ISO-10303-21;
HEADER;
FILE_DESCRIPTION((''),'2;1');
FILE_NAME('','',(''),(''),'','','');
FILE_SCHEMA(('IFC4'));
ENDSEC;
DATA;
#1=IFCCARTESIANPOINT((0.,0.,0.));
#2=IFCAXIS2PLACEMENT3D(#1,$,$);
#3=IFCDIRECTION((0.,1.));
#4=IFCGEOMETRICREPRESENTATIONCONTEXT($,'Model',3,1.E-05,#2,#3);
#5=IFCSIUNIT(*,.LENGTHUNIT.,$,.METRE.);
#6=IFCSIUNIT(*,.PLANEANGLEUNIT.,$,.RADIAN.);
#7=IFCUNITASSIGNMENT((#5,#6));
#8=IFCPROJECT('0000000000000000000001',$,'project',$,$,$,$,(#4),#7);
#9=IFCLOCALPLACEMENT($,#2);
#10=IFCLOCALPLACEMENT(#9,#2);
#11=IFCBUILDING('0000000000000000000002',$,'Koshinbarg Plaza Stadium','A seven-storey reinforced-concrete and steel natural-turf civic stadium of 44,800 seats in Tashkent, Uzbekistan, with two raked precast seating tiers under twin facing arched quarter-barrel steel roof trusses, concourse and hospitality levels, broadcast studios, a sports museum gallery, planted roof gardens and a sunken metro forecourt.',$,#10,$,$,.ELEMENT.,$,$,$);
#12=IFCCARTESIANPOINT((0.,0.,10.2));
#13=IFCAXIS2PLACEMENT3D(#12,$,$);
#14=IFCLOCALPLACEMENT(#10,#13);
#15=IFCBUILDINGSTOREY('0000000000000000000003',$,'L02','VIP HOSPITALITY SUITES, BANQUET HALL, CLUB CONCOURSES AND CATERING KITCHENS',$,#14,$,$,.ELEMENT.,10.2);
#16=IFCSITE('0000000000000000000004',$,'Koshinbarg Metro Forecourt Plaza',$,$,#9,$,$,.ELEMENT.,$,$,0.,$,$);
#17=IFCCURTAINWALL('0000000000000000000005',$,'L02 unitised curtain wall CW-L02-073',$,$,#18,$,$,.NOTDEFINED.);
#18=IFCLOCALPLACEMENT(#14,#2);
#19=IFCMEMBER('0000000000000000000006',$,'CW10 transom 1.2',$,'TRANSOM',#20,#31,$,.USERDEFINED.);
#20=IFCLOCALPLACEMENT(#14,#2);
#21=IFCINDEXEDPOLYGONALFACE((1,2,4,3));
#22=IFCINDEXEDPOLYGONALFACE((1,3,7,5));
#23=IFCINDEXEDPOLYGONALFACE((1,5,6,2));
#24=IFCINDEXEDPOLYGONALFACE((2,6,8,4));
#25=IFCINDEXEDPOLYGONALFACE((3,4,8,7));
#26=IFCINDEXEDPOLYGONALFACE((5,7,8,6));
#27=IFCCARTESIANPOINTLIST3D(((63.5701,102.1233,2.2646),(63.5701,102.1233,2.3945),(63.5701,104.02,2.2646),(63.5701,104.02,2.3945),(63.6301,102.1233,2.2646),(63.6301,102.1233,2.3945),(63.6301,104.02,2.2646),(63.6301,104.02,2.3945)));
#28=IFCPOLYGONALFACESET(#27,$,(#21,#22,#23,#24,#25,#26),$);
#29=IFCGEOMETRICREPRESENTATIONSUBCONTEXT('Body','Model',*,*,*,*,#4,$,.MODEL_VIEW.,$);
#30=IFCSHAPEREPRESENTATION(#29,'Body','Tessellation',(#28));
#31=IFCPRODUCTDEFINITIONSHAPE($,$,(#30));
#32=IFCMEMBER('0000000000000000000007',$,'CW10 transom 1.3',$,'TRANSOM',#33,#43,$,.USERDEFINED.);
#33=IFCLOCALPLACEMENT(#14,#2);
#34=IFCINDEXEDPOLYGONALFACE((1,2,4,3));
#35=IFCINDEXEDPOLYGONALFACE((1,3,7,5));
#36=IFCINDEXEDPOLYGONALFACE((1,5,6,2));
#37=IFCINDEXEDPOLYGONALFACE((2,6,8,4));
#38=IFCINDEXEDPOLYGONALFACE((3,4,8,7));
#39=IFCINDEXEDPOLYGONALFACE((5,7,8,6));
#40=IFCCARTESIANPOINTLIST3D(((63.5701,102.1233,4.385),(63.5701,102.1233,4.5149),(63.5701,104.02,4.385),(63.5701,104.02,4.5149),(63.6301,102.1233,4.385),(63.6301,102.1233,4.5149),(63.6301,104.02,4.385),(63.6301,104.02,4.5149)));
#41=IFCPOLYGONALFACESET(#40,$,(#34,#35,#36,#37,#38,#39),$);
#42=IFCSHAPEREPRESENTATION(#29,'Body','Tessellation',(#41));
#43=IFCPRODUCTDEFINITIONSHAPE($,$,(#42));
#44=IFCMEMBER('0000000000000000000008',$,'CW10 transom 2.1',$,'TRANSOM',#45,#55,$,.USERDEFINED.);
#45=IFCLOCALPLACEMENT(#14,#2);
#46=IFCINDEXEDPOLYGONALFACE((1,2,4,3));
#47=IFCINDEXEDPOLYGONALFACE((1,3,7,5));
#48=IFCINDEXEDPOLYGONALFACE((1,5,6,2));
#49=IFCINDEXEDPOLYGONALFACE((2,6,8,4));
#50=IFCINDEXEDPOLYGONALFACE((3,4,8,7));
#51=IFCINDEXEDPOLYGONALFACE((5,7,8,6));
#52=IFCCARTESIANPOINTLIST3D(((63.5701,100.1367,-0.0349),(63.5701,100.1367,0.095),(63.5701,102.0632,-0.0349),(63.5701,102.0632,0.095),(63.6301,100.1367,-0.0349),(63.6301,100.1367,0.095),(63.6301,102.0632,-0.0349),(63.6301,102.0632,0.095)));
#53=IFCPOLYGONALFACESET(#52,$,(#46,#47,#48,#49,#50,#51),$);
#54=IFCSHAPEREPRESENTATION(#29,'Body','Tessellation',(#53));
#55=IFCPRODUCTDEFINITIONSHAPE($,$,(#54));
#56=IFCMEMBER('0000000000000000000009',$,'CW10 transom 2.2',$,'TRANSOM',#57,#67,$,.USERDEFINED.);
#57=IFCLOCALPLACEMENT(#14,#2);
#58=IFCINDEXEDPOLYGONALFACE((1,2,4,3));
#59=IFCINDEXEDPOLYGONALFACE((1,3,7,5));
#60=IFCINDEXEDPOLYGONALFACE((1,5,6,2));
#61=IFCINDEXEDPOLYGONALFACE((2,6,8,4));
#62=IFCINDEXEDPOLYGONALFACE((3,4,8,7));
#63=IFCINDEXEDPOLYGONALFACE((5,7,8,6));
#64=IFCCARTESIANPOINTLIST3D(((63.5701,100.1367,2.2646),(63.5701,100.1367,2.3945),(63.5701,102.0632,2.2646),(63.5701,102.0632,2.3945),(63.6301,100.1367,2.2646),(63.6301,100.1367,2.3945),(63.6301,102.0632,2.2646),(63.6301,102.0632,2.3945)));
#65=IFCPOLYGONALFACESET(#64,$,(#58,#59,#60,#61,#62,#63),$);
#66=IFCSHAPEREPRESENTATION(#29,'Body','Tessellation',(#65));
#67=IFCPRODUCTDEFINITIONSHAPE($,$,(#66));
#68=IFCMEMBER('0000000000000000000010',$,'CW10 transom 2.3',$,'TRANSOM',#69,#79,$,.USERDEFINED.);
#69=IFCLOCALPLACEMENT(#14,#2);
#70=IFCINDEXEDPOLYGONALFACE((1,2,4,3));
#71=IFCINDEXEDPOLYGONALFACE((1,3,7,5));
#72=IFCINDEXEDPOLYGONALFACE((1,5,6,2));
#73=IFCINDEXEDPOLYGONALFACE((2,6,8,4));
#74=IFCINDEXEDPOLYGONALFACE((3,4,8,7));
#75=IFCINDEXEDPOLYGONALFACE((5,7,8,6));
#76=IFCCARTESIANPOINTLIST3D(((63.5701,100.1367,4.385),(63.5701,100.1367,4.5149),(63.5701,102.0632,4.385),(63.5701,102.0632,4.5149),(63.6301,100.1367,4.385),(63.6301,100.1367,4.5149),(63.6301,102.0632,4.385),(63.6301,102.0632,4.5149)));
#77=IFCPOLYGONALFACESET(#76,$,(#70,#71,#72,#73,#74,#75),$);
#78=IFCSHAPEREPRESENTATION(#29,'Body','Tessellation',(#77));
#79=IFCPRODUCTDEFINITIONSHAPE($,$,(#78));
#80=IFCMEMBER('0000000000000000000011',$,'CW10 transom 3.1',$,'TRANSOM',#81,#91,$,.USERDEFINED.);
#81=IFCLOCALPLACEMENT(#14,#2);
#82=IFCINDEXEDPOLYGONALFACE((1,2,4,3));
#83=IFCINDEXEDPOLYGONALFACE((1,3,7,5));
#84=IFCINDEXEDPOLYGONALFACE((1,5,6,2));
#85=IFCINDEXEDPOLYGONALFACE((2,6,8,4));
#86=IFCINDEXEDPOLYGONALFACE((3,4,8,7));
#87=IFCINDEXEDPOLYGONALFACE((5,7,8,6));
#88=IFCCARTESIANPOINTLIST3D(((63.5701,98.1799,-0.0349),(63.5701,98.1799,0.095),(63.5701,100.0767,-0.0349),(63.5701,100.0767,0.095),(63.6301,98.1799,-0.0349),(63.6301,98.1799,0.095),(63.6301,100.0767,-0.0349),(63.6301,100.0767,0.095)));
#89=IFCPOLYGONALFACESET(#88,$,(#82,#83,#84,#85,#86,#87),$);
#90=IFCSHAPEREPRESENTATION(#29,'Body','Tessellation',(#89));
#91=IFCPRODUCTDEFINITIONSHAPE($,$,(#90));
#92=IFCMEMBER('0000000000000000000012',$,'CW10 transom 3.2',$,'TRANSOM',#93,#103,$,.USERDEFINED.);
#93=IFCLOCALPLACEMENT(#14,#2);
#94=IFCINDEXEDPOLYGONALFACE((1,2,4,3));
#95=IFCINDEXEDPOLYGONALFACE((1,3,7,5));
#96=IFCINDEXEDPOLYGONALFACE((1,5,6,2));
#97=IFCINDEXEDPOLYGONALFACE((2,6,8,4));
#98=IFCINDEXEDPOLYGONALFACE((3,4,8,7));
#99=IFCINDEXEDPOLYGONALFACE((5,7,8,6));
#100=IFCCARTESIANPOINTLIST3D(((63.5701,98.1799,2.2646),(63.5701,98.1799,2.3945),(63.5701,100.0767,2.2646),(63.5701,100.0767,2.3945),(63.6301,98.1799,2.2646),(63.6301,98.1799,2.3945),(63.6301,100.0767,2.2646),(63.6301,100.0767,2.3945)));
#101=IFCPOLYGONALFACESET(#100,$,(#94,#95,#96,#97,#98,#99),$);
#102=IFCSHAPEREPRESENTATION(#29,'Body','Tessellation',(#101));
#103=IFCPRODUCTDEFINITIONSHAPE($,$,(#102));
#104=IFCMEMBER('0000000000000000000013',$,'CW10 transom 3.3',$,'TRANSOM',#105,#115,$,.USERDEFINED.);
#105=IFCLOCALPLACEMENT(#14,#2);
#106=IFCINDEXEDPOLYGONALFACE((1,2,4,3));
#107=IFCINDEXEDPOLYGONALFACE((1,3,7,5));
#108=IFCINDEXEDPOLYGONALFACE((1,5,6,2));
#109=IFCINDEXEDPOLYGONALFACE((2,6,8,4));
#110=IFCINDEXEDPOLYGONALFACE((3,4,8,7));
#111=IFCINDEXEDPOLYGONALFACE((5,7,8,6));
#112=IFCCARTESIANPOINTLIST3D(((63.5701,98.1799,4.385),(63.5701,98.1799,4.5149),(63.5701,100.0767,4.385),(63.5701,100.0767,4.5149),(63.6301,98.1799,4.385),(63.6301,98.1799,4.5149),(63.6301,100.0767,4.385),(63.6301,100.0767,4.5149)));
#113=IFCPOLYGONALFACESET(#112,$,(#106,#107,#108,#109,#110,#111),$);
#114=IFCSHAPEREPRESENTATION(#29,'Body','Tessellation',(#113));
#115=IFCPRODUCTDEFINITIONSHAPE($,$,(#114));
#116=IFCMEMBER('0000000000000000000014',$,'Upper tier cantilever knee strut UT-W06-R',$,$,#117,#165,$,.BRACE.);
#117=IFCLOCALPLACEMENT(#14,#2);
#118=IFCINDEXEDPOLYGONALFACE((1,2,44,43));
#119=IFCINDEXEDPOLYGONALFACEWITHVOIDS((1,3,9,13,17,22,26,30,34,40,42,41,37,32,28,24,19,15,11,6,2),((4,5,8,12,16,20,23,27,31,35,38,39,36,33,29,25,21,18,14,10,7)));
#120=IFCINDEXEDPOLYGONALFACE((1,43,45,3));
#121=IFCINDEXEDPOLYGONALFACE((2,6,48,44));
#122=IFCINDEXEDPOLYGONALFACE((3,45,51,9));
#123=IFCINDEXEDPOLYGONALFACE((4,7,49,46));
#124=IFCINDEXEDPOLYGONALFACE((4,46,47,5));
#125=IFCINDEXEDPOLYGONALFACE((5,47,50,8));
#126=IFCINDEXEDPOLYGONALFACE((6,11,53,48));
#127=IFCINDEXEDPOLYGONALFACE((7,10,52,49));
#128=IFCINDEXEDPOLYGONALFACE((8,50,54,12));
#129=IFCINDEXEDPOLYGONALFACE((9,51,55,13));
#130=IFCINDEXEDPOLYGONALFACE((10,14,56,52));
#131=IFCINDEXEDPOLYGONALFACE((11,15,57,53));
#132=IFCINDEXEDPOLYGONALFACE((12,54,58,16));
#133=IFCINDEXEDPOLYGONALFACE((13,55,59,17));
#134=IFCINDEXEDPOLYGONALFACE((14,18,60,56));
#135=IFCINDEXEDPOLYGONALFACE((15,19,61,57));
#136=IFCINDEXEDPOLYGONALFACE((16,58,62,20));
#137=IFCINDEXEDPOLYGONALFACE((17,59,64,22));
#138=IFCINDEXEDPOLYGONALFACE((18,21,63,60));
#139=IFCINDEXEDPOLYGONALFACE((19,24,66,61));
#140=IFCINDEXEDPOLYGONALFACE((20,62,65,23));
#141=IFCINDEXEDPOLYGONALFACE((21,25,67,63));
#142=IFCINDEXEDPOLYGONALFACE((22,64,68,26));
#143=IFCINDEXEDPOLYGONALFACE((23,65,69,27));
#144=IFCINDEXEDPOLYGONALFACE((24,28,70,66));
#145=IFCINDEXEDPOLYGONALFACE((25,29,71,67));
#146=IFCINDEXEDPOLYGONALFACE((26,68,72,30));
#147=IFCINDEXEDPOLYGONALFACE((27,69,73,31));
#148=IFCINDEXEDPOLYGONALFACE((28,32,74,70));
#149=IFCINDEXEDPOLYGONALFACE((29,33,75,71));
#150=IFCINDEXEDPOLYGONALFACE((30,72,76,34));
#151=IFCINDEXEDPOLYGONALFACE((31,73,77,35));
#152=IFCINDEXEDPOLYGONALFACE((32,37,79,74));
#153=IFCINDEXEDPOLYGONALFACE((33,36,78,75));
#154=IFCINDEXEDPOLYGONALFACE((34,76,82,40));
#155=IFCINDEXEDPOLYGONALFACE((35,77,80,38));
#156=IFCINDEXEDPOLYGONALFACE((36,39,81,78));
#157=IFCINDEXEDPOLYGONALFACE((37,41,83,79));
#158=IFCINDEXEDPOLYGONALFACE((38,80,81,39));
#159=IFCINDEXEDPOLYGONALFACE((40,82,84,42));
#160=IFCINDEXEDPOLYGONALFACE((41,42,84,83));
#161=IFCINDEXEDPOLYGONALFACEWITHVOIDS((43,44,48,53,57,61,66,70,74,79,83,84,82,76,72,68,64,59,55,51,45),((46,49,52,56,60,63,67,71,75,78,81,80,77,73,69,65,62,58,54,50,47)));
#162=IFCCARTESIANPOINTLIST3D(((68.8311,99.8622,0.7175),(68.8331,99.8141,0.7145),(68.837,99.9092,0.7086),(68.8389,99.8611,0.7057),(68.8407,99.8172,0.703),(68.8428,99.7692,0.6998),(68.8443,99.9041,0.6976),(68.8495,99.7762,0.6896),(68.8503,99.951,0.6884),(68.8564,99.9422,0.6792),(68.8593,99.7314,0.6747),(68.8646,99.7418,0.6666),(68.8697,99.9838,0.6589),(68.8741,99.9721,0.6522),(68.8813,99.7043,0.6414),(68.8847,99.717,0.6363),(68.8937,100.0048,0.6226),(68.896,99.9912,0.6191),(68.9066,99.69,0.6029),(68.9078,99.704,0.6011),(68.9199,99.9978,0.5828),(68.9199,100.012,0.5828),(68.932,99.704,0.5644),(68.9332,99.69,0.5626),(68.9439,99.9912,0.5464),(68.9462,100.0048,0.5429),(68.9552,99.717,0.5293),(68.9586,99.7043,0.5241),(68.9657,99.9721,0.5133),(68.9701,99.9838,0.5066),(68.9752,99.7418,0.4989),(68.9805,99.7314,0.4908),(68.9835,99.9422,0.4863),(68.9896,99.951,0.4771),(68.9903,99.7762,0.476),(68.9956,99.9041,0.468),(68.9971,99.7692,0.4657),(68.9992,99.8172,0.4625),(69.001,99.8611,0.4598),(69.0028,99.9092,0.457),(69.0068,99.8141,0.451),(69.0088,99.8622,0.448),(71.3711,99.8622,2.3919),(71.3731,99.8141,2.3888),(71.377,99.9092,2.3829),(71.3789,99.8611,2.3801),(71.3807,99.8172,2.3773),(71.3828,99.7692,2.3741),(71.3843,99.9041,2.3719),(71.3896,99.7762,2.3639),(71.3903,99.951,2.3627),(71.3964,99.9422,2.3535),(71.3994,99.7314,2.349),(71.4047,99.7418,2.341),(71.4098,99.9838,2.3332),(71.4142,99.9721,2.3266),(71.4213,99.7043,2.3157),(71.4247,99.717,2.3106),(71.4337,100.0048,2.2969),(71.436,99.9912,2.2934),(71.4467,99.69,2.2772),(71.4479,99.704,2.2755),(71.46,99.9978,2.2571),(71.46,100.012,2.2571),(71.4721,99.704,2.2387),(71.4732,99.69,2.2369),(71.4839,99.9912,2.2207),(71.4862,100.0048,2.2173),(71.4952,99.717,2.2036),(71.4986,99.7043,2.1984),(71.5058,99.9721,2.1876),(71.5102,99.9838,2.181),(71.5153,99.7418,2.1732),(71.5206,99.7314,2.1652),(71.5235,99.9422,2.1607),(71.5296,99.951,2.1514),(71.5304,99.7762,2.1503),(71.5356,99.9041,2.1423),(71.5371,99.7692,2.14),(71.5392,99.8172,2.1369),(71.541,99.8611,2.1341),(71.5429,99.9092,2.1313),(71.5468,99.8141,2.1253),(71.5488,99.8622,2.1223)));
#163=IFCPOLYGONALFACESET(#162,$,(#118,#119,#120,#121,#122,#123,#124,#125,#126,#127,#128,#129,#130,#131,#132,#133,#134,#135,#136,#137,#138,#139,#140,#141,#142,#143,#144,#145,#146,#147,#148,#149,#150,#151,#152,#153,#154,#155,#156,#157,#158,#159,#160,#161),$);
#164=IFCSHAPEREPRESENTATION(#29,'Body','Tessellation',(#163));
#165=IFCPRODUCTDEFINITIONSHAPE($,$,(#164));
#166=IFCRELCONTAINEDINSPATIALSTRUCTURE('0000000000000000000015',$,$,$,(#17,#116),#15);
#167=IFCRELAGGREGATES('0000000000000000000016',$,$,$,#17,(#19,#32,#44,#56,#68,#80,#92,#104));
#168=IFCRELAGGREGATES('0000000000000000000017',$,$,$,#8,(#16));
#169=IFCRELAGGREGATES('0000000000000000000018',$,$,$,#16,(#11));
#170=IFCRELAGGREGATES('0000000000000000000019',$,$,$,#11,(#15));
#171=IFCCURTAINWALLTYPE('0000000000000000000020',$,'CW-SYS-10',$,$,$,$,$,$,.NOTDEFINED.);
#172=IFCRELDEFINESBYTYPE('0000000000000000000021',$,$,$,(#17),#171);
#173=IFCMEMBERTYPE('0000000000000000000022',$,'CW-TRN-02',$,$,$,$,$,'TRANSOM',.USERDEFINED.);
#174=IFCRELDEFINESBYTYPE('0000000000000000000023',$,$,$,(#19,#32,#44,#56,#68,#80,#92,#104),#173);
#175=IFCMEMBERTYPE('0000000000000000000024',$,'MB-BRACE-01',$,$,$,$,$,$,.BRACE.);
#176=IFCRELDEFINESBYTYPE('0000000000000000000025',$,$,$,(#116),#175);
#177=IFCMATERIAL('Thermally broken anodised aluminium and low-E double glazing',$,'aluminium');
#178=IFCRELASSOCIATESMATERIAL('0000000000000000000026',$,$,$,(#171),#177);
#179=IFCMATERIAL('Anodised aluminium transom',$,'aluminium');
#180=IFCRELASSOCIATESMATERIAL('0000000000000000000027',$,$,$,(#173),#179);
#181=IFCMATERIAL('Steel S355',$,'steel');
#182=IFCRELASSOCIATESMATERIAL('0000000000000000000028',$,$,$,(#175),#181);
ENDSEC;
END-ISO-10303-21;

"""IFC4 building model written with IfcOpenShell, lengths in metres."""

from ifc_helpers import new_model, si_unit, direction, frame, origin, origin_2d, place, context, subcontext, project, spatial, rectangle, hollow_circle, extrude, material, material_profile, profile_set, type_object, element, aggregate, save


model = new_model("IFC4")

# Units and contexts
model_context = context("Model", 3, precision=1e-05, world=origin(), true_north=direction((0.0, 1.0)))
body_context = subcontext(model_context, "Body", "Model", "MODEL_VIEW")
ifc_project = project(units=[si_unit("LENGTHUNIT", "METRE"), si_unit("PLANEANGLEUNIT", "RADIAN")], contexts=[model_context])

# Site, building, storey
site_placement = place(None, origin())
site = spatial("IfcSite", under=ifc_project, at=site_placement, Name="Koshinbarg Metro Forecourt Plaza", CompositionType="ELEMENT", RefElevation=0.0)
building_placement = place(site_placement, origin())
building = spatial("IfcBuilding", under=site, at=building_placement, Name="Koshinbarg Plaza Stadium", Description="A seven-storey reinforced-concrete and steel natural-turf civic stadium of 44,800 seats in Tashkent, Uzbekistan, with two raked precast seating tiers under twin facing arched quarter-barrel steel roof trusses, concourse and hospitality levels, broadcast studios, a sports museum gallery, planted roof gardens and a sunken metro forecourt.", CompositionType="ELEMENT")
storey_placement = place(building_placement, frame((0.0, 0.0, 10.2)))
storey = spatial("IfcBuildingStorey", under=building, at=storey_placement, Name="L02", Description="VIP HOSPITALITY SUITES, BANQUET HALL, CLUB CONCOURSES AND CATERING KITCHENS", CompositionType="ELEMENT", Elevation=10.2)

# Curtain wall
ifc_material_1 = material(Name="Thermally broken anodised aluminium and low-E double glazing", Category="aluminium")
curtain_wall_type_1 = type_object("IfcCurtainWallType", Name="CW-SYS-10", PredefinedType="NOTDEFINED", material=ifc_material_1)
curtain_wall_1_placement = place(storey_placement, origin())
curtain_wall_1 = element("IfcCurtainWall", 1, at=curtain_wall_1_placement, inside=storey, type_object=curtain_wall_type_1, Name="L02 unitised curtain wall CW-L02-073", PredefinedType="NOTDEFINED")

# Members
ifc_material_2 = material(Name="Anodised aluminium transom", Category="aluminium")
ifc_material_profile_1 = material_profile(ifc_material_2, rectangle(XDim=0.0601, YDim=0.1299, at=origin_2d()), Name="ALU 60x130")
ifc_profile_set_1 = profile_set([ifc_material_profile_1], Name="Anodised aluminium transom")
member_type_1 = type_object("IfcMemberType", Name="CW-TRN-02", ElementType="TRANSOM", PredefinedType="USERDEFINED", material=ifc_profile_set_1)
member_1_placement = place(storey_placement, frame((63.6001, 104.02, 2.3296), z_axis=(0.0, -1.0, 0.0), x_axis=(1.0, 0.0, 0.0)))
member_1 = element("IfcMember", 2, at=member_1_placement, type_object=member_type_1, Name="CW10 transom 1.2", ObjectType="TRANSOM", PredefinedType="USERDEFINED", context=body_context, shape_type="SweptSolid", body=[
    extrude(rectangle(XDim=0.0601, YDim=0.1299, at=origin_2d()), origin(), (0.0, 0.0, 1.0), 1.8967),
])
member_2_placement = place(storey_placement, frame((63.6001, 104.02, 4.45), z_axis=(0.0, -1.0, 0.0), x_axis=(1.0, 0.0, 0.0)))
member_2 = element("IfcMember", 3, at=member_2_placement, type_object=member_type_1, Name="CW10 transom 1.3", ObjectType="TRANSOM", PredefinedType="USERDEFINED", context=body_context, shape_type="SweptSolid", body=[
    extrude(rectangle(XDim=0.0601, YDim=0.1299, at=origin_2d()), origin(), (0.0, 0.0, 1.0), 1.8967),
])
member_3_placement = place(storey_placement, frame((63.6001, 102.0632, 0.03), z_axis=(0.0, -1.0, 0.0), x_axis=(1.0, 0.0, 0.0)))
member_3 = element("IfcMember", 4, at=member_3_placement, type_object=member_type_1, Name="CW10 transom 2.1", ObjectType="TRANSOM", PredefinedType="USERDEFINED", context=body_context, shape_type="SweptSolid", body=[
    extrude(rectangle(XDim=0.0601, YDim=0.1299, at=origin_2d()), origin(), (0.0, 0.0, 1.0), 1.9265),
])
member_4_placement = place(storey_placement, frame((63.6001, 102.0632, 2.3296), z_axis=(0.0, -1.0, 0.0), x_axis=(1.0, 0.0, 0.0)))
member_4 = element("IfcMember", 5, at=member_4_placement, type_object=member_type_1, Name="CW10 transom 2.2", ObjectType="TRANSOM", PredefinedType="USERDEFINED", context=body_context, shape_type="SweptSolid", body=[
    extrude(rectangle(XDim=0.0601, YDim=0.1299, at=origin_2d()), origin(), (0.0, 0.0, 1.0), 1.9265),
])
member_5_placement = place(storey_placement, frame((63.6001, 102.0632, 4.45), z_axis=(0.0, -1.0, 0.0), x_axis=(1.0, 0.0, 0.0)))
member_5 = element("IfcMember", 6, at=member_5_placement, type_object=member_type_1, Name="CW10 transom 2.3", ObjectType="TRANSOM", PredefinedType="USERDEFINED", context=body_context, shape_type="SweptSolid", body=[
    extrude(rectangle(XDim=0.0601, YDim=0.1299, at=origin_2d()), origin(), (0.0, 0.0, 1.0), 1.9265),
])
member_6_placement = place(storey_placement, frame((63.6001, 100.0767, 0.03), z_axis=(0.0, -1.0, 0.0), x_axis=(1.0, 0.0, 0.0)))
member_6 = element("IfcMember", 7, at=member_6_placement, type_object=member_type_1, Name="CW10 transom 3.1", ObjectType="TRANSOM", PredefinedType="USERDEFINED", context=body_context, shape_type="SweptSolid", body=[
    extrude(rectangle(XDim=0.0601, YDim=0.1299, at=origin_2d()), origin(), (0.0, 0.0, 1.0), 1.8967),
])
member_7_placement = place(storey_placement, frame((63.6001, 100.0767, 2.3296), z_axis=(0.0, -1.0, 0.0), x_axis=(1.0, 0.0, 0.0)))
member_7 = element("IfcMember", 8, at=member_7_placement, type_object=member_type_1, Name="CW10 transom 3.2", ObjectType="TRANSOM", PredefinedType="USERDEFINED", context=body_context, shape_type="SweptSolid", body=[
    extrude(rectangle(XDim=0.0601, YDim=0.1299, at=origin_2d()), origin(), (0.0, 0.0, 1.0), 1.8967),
])
member_8_placement = place(storey_placement, frame((63.6001, 100.0767, 4.45), z_axis=(0.0, -1.0, 0.0), x_axis=(1.0, 0.0, 0.0)))
member_8 = element("IfcMember", 9, at=member_8_placement, type_object=member_type_1, Name="CW10 transom 3.3", ObjectType="TRANSOM", PredefinedType="USERDEFINED", context=body_context, shape_type="SweptSolid", body=[
    extrude(rectangle(XDim=0.0601, YDim=0.1299, at=origin_2d()), origin(), (0.0, 0.0, 1.0), 1.8967),
])

# Member
ifc_material_3 = material(Name="Steel S355", Category="steel")
ifc_material_profile_2 = material_profile(ifc_material_3, hollow_circle(Radius=0.1619, WallThickness=0.0142, at=origin_2d()), Name="CHS 323.9x14.2")
ifc_profile_set_2 = profile_set([ifc_material_profile_2], Name="Steel S355")
member_type_2 = type_object("IfcMemberType", Name="MB-BRACE-01", PredefinedType="BRACE", material=ifc_profile_set_2)
for number, where, z_axis, x_axis, name in (
    (10, (68.9199, 99.8501, 0.5828), (0.834928, 0.0, 0.550359), (0.0, 1.0, 0.0), "Upper tier cantilever knee strut UT-W06-R"),
):
    element("IfcMember", number, at=place(storey_placement, frame(where, z_axis=z_axis, x_axis=x_axis)), inside=storey, type_object=member_type_2, Name=name, PredefinedType="BRACE", context=body_context, shape_type="SweptSolid", body=[
        extrude(hollow_circle(Radius=0.1619, WallThickness=0.0142, at=origin_2d()), origin(), (0.0, 0.0, 1.0), 3.0422),
    ])

aggregate(curtain_wall_1, [member_1, member_2, member_3, member_4, member_5, member_6, member_7, member_8])

save(model, "model.ifc")
